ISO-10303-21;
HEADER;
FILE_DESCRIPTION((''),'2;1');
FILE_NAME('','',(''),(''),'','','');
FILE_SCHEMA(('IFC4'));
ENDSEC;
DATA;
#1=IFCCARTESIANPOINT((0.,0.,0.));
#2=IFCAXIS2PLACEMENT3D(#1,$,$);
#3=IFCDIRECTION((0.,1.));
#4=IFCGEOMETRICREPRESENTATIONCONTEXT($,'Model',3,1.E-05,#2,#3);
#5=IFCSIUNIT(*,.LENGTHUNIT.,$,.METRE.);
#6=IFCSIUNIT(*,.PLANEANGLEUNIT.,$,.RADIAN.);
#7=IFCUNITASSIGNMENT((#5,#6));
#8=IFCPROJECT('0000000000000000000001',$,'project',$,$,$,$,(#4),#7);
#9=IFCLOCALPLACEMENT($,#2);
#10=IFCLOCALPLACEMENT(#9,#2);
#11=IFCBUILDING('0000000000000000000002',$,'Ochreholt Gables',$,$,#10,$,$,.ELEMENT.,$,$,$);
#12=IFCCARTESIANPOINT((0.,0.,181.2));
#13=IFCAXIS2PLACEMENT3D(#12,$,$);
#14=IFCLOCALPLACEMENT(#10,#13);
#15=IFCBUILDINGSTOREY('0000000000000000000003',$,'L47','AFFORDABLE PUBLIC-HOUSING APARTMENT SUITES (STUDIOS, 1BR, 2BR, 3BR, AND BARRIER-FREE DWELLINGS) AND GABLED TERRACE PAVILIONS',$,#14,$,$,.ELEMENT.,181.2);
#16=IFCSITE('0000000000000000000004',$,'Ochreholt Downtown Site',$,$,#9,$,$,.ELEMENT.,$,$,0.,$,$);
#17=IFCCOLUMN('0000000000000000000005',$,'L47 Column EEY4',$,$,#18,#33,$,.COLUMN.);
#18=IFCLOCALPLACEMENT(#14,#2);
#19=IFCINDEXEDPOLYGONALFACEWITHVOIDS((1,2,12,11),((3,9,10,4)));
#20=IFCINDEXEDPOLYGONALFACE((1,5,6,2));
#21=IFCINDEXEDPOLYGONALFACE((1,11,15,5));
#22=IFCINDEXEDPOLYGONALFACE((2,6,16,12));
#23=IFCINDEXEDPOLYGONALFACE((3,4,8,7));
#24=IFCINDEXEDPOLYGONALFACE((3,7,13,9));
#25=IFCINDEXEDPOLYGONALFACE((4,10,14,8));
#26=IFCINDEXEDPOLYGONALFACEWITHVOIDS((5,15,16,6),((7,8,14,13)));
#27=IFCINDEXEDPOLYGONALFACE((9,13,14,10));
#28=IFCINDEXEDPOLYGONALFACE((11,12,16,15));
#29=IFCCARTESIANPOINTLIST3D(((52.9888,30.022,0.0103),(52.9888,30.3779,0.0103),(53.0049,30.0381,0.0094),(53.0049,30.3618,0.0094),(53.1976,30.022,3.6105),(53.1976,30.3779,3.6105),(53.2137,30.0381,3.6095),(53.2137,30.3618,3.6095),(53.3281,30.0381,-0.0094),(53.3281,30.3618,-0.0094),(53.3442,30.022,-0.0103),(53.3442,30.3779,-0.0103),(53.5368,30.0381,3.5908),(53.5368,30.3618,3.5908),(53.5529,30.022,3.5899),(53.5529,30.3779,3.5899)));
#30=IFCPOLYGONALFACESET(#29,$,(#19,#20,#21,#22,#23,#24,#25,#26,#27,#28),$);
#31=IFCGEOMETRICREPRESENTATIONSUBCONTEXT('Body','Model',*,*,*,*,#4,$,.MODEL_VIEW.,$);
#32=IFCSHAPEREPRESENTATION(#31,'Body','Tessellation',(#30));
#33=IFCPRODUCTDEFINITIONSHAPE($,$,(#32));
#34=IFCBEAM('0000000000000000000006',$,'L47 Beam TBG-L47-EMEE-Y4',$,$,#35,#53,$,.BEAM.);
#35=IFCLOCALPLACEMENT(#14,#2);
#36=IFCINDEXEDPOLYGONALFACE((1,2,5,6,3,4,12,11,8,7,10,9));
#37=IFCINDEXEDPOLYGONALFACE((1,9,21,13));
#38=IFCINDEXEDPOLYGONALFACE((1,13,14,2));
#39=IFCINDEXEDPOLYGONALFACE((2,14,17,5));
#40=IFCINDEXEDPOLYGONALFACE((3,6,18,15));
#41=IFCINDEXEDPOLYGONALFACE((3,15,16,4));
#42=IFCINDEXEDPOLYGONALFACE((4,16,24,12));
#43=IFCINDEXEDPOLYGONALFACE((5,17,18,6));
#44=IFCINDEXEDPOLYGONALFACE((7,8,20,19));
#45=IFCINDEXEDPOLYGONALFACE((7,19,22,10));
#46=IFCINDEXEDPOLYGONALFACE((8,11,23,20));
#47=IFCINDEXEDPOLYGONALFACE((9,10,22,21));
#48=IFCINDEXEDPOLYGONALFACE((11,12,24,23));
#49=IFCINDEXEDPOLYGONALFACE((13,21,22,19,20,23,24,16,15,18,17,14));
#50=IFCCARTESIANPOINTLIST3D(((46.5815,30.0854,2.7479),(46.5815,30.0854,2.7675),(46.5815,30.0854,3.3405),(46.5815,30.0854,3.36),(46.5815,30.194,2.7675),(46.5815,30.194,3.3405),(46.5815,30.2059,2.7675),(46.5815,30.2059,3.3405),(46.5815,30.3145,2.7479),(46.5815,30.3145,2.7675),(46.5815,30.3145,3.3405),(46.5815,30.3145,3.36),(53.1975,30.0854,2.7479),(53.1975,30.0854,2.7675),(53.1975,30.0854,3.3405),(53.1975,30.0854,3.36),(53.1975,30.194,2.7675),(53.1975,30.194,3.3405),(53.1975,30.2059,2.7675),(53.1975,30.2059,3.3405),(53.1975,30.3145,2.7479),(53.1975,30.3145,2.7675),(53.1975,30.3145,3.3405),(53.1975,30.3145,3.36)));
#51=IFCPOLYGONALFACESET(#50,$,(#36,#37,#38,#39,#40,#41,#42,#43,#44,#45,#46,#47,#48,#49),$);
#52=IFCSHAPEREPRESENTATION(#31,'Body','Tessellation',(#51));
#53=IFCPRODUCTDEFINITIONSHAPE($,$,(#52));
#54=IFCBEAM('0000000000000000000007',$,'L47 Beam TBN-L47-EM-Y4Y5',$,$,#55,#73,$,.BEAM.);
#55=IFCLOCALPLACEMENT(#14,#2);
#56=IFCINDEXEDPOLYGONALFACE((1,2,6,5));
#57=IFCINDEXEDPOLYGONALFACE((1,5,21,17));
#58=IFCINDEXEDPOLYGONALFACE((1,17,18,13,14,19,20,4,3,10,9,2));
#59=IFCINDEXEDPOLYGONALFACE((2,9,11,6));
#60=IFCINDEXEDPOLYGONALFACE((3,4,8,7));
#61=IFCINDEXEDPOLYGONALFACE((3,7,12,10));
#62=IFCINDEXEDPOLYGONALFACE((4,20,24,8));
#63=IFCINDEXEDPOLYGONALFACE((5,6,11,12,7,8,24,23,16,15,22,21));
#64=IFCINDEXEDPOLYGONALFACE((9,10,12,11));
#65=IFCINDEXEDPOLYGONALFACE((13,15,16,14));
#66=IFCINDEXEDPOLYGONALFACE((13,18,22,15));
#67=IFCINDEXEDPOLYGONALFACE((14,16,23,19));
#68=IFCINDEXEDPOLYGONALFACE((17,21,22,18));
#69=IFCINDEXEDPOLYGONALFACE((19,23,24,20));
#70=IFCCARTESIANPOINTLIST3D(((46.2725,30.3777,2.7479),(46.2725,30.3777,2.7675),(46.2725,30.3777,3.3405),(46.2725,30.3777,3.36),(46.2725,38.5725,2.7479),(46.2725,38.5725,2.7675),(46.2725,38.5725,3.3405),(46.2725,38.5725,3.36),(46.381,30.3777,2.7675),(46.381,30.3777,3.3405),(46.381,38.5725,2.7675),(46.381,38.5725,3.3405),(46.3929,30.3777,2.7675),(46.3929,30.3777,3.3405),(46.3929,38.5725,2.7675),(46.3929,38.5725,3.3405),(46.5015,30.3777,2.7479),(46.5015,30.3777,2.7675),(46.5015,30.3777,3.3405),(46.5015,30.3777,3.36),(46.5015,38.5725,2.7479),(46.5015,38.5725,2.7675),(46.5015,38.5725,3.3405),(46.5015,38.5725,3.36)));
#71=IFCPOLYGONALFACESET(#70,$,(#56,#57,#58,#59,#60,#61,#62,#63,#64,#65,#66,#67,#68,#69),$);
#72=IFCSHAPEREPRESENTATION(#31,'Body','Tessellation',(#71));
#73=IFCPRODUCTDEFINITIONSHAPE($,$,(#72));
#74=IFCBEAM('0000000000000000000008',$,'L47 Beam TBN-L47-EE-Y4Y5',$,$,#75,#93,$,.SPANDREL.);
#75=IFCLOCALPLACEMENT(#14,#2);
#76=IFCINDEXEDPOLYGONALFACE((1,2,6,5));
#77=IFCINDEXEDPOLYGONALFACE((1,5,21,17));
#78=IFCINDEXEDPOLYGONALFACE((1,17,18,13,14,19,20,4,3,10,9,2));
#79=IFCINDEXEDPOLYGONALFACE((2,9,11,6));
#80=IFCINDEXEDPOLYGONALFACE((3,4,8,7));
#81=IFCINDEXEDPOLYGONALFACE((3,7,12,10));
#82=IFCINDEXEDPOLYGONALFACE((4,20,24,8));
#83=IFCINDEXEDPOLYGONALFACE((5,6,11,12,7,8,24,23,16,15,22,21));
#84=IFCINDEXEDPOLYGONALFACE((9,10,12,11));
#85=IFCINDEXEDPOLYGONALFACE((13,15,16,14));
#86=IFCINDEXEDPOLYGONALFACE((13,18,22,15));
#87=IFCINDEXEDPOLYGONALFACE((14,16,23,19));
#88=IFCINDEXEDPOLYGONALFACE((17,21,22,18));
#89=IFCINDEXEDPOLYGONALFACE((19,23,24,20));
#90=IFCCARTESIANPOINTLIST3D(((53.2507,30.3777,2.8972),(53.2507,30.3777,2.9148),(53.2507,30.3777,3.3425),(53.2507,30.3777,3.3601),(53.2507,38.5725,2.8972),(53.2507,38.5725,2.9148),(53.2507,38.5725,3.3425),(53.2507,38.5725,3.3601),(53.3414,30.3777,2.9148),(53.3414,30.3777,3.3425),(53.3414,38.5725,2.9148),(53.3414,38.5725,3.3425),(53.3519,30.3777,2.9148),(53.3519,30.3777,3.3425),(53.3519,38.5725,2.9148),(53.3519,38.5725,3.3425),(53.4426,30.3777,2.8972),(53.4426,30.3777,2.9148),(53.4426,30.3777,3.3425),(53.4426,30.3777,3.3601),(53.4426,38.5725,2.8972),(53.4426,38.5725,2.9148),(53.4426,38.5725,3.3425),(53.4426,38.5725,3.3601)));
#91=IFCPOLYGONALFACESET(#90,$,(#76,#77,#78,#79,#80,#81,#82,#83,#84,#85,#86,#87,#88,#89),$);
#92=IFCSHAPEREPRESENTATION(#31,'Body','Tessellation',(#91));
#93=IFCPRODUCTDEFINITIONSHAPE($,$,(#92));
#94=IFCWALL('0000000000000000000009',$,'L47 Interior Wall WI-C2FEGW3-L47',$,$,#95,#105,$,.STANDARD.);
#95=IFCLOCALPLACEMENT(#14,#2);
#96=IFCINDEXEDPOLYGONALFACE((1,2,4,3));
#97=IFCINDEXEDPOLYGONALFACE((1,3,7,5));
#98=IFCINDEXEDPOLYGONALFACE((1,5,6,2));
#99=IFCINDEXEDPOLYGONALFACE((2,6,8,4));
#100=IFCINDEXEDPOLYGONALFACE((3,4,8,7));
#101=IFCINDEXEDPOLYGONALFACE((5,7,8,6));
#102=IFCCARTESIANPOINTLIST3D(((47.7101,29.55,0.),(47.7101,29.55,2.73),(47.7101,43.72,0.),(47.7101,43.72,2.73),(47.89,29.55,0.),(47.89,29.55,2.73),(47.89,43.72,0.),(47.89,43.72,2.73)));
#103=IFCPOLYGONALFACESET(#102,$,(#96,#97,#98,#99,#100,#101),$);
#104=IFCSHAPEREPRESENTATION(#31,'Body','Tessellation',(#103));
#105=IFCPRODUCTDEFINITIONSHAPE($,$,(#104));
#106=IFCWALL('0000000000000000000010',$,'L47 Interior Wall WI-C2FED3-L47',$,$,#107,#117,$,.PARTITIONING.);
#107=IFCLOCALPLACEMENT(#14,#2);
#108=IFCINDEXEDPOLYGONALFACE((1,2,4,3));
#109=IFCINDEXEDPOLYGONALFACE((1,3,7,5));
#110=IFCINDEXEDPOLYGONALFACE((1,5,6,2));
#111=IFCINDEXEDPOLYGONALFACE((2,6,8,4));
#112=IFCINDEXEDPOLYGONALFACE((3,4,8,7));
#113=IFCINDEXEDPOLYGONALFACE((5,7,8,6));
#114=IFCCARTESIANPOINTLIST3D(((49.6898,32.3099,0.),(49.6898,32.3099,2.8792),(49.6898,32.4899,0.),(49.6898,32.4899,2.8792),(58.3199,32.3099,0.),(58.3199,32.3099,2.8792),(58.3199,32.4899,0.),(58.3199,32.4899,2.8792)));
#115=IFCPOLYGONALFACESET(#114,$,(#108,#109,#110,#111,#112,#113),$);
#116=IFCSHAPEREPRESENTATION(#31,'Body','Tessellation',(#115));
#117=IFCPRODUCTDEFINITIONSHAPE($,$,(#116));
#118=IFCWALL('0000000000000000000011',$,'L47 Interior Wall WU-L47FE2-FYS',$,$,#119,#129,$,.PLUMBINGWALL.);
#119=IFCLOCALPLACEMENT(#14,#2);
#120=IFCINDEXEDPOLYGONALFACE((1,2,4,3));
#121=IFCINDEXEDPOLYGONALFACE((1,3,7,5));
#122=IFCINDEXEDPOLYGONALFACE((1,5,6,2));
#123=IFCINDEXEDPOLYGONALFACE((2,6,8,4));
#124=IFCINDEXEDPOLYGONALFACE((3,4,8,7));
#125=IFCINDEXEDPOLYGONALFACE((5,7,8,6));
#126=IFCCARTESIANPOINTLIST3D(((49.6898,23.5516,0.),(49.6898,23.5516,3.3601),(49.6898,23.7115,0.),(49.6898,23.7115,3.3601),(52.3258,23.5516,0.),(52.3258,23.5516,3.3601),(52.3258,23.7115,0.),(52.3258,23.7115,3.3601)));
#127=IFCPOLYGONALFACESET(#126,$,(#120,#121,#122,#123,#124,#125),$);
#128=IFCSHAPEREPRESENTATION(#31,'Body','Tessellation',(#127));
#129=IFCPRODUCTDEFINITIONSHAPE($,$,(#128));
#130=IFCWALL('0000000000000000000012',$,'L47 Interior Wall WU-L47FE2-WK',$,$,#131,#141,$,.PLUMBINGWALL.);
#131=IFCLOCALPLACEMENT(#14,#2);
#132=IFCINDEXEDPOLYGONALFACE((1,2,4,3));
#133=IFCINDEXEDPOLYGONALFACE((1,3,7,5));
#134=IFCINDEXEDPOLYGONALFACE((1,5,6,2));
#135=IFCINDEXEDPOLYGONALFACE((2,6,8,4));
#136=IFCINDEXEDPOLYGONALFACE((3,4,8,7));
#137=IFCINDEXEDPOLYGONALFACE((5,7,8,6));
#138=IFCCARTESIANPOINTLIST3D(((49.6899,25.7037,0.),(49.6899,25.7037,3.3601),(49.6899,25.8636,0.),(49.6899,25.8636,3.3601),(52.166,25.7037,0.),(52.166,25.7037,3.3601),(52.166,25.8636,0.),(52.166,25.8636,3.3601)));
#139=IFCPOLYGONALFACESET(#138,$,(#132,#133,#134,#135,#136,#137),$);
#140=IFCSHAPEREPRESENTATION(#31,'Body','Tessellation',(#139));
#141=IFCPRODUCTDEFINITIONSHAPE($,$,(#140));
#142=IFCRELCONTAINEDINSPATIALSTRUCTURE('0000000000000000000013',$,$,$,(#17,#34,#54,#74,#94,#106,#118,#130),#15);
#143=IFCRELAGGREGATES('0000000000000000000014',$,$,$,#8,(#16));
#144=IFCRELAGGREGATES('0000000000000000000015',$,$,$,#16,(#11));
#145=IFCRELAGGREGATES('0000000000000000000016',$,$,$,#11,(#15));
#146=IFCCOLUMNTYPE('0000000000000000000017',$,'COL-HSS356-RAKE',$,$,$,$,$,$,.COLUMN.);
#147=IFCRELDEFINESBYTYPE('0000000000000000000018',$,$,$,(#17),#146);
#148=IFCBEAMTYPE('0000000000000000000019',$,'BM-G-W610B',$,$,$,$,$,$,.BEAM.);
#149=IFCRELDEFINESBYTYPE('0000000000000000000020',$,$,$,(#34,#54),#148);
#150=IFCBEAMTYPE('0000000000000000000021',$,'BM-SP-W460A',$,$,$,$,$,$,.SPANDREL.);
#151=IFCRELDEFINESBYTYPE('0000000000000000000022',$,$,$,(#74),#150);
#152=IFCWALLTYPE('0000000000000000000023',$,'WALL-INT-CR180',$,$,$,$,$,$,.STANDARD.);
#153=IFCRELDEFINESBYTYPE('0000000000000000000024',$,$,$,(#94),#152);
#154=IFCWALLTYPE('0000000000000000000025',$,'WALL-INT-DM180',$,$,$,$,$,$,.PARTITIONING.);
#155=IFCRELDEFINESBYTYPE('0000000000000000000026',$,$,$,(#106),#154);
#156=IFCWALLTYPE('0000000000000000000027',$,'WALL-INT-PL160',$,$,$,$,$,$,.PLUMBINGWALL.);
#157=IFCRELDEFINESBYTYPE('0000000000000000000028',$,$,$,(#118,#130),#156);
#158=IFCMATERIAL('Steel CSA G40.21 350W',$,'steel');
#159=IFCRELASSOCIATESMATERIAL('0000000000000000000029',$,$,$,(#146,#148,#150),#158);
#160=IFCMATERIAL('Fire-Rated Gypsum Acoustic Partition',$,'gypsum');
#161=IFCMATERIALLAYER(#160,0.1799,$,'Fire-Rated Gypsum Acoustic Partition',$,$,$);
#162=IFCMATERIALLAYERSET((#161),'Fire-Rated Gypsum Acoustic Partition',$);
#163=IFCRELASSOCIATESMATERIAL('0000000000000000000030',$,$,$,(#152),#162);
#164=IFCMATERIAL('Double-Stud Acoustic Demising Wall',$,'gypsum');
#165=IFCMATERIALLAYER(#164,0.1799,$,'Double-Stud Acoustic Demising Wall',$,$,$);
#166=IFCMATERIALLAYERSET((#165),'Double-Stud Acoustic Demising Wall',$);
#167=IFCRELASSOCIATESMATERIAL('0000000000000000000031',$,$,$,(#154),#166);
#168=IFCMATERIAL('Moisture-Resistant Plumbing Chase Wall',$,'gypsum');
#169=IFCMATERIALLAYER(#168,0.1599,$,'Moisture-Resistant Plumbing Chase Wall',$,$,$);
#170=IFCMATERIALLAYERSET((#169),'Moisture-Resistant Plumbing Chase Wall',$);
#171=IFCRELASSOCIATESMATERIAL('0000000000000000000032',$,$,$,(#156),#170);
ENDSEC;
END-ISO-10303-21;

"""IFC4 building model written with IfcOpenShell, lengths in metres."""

from ifc_helpers import new_model, si_unit, direction, frame, frame_2d, origin, origin_2d, place, context, subcontext, project, spatial, rectangle, hollow_rectangle, i_section, extrude, material, layer, layer_set, material_profile, profile_set, type_object, element, save


model = new_model("IFC4")

# Units and contexts
model_context = context("Model", 3, precision=1e-05, world=origin(), true_north=direction((0.0, 1.0)))
body_context = subcontext(model_context, "Body", "Model", "MODEL_VIEW")
ifc_project = project(units=[si_unit("LENGTHUNIT", "METRE"), si_unit("PLANEANGLEUNIT", "RADIAN")], contexts=[model_context])

# Site, building, storey
site_placement = place(None, origin())
site = spatial("IfcSite", under=ifc_project, at=site_placement, Name="Ochreholt Downtown Site", CompositionType="ELEMENT", RefElevation=0.0)
building_placement = place(site_placement, origin())
building = spatial("IfcBuilding", under=site, at=building_placement, Name="Ochreholt Gables", CompositionType="ELEMENT")
storey_placement = place(building_placement, frame((0.0, 0.0, 181.2)))
storey = spatial("IfcBuildingStorey", under=building, at=storey_placement, Name="L47", Description="AFFORDABLE PUBLIC-HOUSING APARTMENT SUITES (STUDIOS, 1BR, 2BR, 3BR, AND BARRIER-FREE DWELLINGS) AND GABLED TERRACE PAVILIONS", CompositionType="ELEMENT", Elevation=181.2)

# Column
ifc_material_1 = material(Name="Steel CSA G40.21 350W", Category="steel")
ifc_material_profile_1 = material_profile(ifc_material_1, hollow_rectangle(XDim=0.356, YDim=0.356, WallThickness=0.0161, at=origin_2d()), Name="HSS356X356X16")
ifc_profile_set_1 = profile_set([ifc_material_profile_1], Name="Steel CSA G40.21 350W")
column_type = type_object("IfcColumnType", Name="COL-HSS356-RAKE", PredefinedType="COLUMN", material=ifc_profile_set_1)
column_placement = place(storey_placement, frame((53.1665, 30.2, 0.0), z_axis=(0.057885, 0.0, 0.998323), x_axis=(0.0, 1.0, 0.0)))
element("IfcColumn", 1, at=column_placement, inside=storey, type_object=column_type, Name="L47 Column EEY4", PredefinedType="COLUMN", context=body_context, shape_type="SweptSolid", body=[
    extrude(hollow_rectangle(XDim=0.356, YDim=0.356, WallThickness=0.0161, at=origin_2d()), origin(), (0.0, 0.0, 1.0), 3.6062),
])

# Beams
ifc_material_profile_2 = material_profile(ifc_material_1, i_section(OverallWidth=0.229, OverallDepth=0.6121, WebThickness=0.012, FlangeThickness=0.0195, at=origin_2d()), Name="W610X125")
ifc_profile_set_2 = profile_set([ifc_material_profile_2], Name="Steel CSA G40.21 350W")
beam_type_1 = type_object("IfcBeamType", Name="BM-G-W610B", PredefinedType="BEAM", material=ifc_profile_set_2)
beam_1_placement = place(storey_placement, frame((46.5815, 30.2, 3.054), z_axis=(1.0, 0.0, 0.0), x_axis=(0.0, 1.0, 0.0)))
element("IfcBeam", 2, at=beam_1_placement, inside=storey, type_object=beam_type_1, Name="L47 Beam TBG-L47-EMEE-Y4", PredefinedType="BEAM", context=body_context, shape_type="SweptSolid", body=[
    extrude(i_section(OverallWidth=0.229, OverallDepth=0.6121, WebThickness=0.012, FlangeThickness=0.0195, at=origin_2d()), origin(), (0.0, 0.0, 1.0), 6.616),
])
beam_2_placement = place(storey_placement, frame((46.387, 30.3777, 3.054), z_axis=(0.0, 1.0, 0.0), x_axis=(-1.0, 0.0, 0.0)))
element("IfcBeam", 3, at=beam_2_placement, inside=storey, type_object=beam_type_1, Name="L47 Beam TBN-L47-EM-Y4Y5", PredefinedType="BEAM", context=body_context, shape_type="SweptSolid", body=[
    extrude(i_section(OverallWidth=0.229, OverallDepth=0.6121, WebThickness=0.012, FlangeThickness=0.0195, at=origin_2d()), origin(), (0.0, 0.0, 1.0), 8.1948),
])
ifc_material_profile_3 = material_profile(ifc_material_1, i_section(OverallWidth=0.1919, OverallDepth=0.4629, WebThickness=0.0105, FlangeThickness=0.0176, at=origin_2d()), Name="W460X89")
ifc_profile_set_3 = profile_set([ifc_material_profile_3], Name="Steel CSA G40.21 350W")
beam_type_2 = type_object("IfcBeamType", Name="BM-SP-W460A", PredefinedType="SPANDREL", material=ifc_profile_set_3)
beam_3_placement = place(storey_placement, frame((53.3467, 30.3777, 3.1287), z_axis=(0.0, 1.0, 0.0), x_axis=(-1.0, 0.0, 0.0)))
element("IfcBeam", 4, at=beam_3_placement, inside=storey, type_object=beam_type_2, Name="L47 Beam TBN-L47-EE-Y4Y5", PredefinedType="SPANDREL", context=body_context, shape_type="SweptSolid", body=[
    extrude(i_section(OverallWidth=0.1919, OverallDepth=0.4629, WebThickness=0.0105, FlangeThickness=0.0176, at=origin_2d()), origin(), (0.0, 0.0, 1.0), 8.1948),
])

# Walls
ifc_material_2 = material(Name="Fire-Rated Gypsum Acoustic Partition", Category="gypsum")
ifc_layer_1 = layer(ifc_material_2, 0.1799, Name="Fire-Rated Gypsum Acoustic Partition")
ifc_layer_set_1 = layer_set([ifc_layer_1], Name="Fire-Rated Gypsum Acoustic Partition")
wall_type_1 = type_object("IfcWallType", Name="WALL-INT-CR180", PredefinedType="STANDARD", material=ifc_layer_set_1)
wall_1_placement = place(storey_placement, frame((47.8, 29.55, 0.0), z_axis=(0.0, 0.0, 1.0), x_axis=(0.0, 1.0, 0.0)))
element("IfcWall", 5, at=wall_1_placement, inside=storey, type_object=wall_type_1, Name="L47 Interior Wall WI-C2FEGW3-L47", PredefinedType="STANDARD", context=body_context, shape_type="SweptSolid", body=[
    extrude(rectangle(XDim=14.1699, YDim=0.1799, at=frame_2d((7.085, 0.0))), origin(), (0.0, 0.0, 1.0), 2.73),
])
ifc_material_3 = material(Name="Double-Stud Acoustic Demising Wall", Category="gypsum")
ifc_layer_2 = layer(ifc_material_3, 0.1799, Name="Double-Stud Acoustic Demising Wall")
ifc_layer_set_2 = layer_set([ifc_layer_2], Name="Double-Stud Acoustic Demising Wall")
wall_type_2 = type_object("IfcWallType", Name="WALL-INT-DM180", PredefinedType="PARTITIONING", material=ifc_layer_set_2)
wall_2_placement = place(storey_placement, frame((49.6899, 32.3999, 0.0), z_axis=(0.0, 0.0, 1.0), x_axis=(1.0, 0.0, 0.0)))
element("IfcWall", 6, at=wall_2_placement, inside=storey, type_object=wall_type_2, Name="L47 Interior Wall WI-C2FED3-L47", PredefinedType="PARTITIONING", context=body_context, shape_type="SweptSolid", body=[
    extrude(rectangle(XDim=8.6301, YDim=0.1799, at=frame_2d((4.3149, 0.0))), origin(), (0.0, 0.0, 1.0), 2.8792),
])
ifc_material_4 = material(Name="Moisture-Resistant Plumbing Chase Wall", Category="gypsum")
ifc_layer_3 = layer(ifc_material_4, 0.1599, Name="Moisture-Resistant Plumbing Chase Wall")
ifc_layer_set_3 = layer_set([ifc_layer_3], Name="Moisture-Resistant Plumbing Chase Wall")
wall_type_3 = type_object("IfcWallType", Name="WALL-INT-PL160", PredefinedType="PLUMBINGWALL", material=ifc_layer_set_3)
wall_3_placement = place(storey_placement, frame((49.6899, 23.6316, 0.0), z_axis=(0.0, 0.0, 1.0), x_axis=(1.0, 0.0, 0.0)))
element("IfcWall", 7, at=wall_3_placement, inside=storey, type_object=wall_type_3, Name="L47 Interior Wall WU-L47FE2-FYS", PredefinedType="PLUMBINGWALL", context=body_context, shape_type="SweptSolid", body=[
    extrude(rectangle(XDim=2.636, YDim=0.1599, at=frame_2d((1.3179, 0.0))), origin(), (0.0, 0.0, 1.0), 3.3601),
])

# Wall
wall_4_placement = place(storey_placement, frame((49.6899, 25.7837, 0.0), z_axis=(0.0, 0.0, 1.0), x_axis=(1.0, 0.0, 0.0)))
element("IfcWall", 8, at=wall_4_placement, inside=storey, type_object=wall_type_3, Name="L47 Interior Wall WU-L47FE2-WK", PredefinedType="PLUMBINGWALL", context=body_context, shape_type="SweptSolid", body=[
    extrude(rectangle(XDim=2.4761, YDim=0.1599, at=frame_2d((1.238, 0.0))), origin(), (0.0, 0.0, 1.0), 3.3601),
])

save(model, "model.ifc")
